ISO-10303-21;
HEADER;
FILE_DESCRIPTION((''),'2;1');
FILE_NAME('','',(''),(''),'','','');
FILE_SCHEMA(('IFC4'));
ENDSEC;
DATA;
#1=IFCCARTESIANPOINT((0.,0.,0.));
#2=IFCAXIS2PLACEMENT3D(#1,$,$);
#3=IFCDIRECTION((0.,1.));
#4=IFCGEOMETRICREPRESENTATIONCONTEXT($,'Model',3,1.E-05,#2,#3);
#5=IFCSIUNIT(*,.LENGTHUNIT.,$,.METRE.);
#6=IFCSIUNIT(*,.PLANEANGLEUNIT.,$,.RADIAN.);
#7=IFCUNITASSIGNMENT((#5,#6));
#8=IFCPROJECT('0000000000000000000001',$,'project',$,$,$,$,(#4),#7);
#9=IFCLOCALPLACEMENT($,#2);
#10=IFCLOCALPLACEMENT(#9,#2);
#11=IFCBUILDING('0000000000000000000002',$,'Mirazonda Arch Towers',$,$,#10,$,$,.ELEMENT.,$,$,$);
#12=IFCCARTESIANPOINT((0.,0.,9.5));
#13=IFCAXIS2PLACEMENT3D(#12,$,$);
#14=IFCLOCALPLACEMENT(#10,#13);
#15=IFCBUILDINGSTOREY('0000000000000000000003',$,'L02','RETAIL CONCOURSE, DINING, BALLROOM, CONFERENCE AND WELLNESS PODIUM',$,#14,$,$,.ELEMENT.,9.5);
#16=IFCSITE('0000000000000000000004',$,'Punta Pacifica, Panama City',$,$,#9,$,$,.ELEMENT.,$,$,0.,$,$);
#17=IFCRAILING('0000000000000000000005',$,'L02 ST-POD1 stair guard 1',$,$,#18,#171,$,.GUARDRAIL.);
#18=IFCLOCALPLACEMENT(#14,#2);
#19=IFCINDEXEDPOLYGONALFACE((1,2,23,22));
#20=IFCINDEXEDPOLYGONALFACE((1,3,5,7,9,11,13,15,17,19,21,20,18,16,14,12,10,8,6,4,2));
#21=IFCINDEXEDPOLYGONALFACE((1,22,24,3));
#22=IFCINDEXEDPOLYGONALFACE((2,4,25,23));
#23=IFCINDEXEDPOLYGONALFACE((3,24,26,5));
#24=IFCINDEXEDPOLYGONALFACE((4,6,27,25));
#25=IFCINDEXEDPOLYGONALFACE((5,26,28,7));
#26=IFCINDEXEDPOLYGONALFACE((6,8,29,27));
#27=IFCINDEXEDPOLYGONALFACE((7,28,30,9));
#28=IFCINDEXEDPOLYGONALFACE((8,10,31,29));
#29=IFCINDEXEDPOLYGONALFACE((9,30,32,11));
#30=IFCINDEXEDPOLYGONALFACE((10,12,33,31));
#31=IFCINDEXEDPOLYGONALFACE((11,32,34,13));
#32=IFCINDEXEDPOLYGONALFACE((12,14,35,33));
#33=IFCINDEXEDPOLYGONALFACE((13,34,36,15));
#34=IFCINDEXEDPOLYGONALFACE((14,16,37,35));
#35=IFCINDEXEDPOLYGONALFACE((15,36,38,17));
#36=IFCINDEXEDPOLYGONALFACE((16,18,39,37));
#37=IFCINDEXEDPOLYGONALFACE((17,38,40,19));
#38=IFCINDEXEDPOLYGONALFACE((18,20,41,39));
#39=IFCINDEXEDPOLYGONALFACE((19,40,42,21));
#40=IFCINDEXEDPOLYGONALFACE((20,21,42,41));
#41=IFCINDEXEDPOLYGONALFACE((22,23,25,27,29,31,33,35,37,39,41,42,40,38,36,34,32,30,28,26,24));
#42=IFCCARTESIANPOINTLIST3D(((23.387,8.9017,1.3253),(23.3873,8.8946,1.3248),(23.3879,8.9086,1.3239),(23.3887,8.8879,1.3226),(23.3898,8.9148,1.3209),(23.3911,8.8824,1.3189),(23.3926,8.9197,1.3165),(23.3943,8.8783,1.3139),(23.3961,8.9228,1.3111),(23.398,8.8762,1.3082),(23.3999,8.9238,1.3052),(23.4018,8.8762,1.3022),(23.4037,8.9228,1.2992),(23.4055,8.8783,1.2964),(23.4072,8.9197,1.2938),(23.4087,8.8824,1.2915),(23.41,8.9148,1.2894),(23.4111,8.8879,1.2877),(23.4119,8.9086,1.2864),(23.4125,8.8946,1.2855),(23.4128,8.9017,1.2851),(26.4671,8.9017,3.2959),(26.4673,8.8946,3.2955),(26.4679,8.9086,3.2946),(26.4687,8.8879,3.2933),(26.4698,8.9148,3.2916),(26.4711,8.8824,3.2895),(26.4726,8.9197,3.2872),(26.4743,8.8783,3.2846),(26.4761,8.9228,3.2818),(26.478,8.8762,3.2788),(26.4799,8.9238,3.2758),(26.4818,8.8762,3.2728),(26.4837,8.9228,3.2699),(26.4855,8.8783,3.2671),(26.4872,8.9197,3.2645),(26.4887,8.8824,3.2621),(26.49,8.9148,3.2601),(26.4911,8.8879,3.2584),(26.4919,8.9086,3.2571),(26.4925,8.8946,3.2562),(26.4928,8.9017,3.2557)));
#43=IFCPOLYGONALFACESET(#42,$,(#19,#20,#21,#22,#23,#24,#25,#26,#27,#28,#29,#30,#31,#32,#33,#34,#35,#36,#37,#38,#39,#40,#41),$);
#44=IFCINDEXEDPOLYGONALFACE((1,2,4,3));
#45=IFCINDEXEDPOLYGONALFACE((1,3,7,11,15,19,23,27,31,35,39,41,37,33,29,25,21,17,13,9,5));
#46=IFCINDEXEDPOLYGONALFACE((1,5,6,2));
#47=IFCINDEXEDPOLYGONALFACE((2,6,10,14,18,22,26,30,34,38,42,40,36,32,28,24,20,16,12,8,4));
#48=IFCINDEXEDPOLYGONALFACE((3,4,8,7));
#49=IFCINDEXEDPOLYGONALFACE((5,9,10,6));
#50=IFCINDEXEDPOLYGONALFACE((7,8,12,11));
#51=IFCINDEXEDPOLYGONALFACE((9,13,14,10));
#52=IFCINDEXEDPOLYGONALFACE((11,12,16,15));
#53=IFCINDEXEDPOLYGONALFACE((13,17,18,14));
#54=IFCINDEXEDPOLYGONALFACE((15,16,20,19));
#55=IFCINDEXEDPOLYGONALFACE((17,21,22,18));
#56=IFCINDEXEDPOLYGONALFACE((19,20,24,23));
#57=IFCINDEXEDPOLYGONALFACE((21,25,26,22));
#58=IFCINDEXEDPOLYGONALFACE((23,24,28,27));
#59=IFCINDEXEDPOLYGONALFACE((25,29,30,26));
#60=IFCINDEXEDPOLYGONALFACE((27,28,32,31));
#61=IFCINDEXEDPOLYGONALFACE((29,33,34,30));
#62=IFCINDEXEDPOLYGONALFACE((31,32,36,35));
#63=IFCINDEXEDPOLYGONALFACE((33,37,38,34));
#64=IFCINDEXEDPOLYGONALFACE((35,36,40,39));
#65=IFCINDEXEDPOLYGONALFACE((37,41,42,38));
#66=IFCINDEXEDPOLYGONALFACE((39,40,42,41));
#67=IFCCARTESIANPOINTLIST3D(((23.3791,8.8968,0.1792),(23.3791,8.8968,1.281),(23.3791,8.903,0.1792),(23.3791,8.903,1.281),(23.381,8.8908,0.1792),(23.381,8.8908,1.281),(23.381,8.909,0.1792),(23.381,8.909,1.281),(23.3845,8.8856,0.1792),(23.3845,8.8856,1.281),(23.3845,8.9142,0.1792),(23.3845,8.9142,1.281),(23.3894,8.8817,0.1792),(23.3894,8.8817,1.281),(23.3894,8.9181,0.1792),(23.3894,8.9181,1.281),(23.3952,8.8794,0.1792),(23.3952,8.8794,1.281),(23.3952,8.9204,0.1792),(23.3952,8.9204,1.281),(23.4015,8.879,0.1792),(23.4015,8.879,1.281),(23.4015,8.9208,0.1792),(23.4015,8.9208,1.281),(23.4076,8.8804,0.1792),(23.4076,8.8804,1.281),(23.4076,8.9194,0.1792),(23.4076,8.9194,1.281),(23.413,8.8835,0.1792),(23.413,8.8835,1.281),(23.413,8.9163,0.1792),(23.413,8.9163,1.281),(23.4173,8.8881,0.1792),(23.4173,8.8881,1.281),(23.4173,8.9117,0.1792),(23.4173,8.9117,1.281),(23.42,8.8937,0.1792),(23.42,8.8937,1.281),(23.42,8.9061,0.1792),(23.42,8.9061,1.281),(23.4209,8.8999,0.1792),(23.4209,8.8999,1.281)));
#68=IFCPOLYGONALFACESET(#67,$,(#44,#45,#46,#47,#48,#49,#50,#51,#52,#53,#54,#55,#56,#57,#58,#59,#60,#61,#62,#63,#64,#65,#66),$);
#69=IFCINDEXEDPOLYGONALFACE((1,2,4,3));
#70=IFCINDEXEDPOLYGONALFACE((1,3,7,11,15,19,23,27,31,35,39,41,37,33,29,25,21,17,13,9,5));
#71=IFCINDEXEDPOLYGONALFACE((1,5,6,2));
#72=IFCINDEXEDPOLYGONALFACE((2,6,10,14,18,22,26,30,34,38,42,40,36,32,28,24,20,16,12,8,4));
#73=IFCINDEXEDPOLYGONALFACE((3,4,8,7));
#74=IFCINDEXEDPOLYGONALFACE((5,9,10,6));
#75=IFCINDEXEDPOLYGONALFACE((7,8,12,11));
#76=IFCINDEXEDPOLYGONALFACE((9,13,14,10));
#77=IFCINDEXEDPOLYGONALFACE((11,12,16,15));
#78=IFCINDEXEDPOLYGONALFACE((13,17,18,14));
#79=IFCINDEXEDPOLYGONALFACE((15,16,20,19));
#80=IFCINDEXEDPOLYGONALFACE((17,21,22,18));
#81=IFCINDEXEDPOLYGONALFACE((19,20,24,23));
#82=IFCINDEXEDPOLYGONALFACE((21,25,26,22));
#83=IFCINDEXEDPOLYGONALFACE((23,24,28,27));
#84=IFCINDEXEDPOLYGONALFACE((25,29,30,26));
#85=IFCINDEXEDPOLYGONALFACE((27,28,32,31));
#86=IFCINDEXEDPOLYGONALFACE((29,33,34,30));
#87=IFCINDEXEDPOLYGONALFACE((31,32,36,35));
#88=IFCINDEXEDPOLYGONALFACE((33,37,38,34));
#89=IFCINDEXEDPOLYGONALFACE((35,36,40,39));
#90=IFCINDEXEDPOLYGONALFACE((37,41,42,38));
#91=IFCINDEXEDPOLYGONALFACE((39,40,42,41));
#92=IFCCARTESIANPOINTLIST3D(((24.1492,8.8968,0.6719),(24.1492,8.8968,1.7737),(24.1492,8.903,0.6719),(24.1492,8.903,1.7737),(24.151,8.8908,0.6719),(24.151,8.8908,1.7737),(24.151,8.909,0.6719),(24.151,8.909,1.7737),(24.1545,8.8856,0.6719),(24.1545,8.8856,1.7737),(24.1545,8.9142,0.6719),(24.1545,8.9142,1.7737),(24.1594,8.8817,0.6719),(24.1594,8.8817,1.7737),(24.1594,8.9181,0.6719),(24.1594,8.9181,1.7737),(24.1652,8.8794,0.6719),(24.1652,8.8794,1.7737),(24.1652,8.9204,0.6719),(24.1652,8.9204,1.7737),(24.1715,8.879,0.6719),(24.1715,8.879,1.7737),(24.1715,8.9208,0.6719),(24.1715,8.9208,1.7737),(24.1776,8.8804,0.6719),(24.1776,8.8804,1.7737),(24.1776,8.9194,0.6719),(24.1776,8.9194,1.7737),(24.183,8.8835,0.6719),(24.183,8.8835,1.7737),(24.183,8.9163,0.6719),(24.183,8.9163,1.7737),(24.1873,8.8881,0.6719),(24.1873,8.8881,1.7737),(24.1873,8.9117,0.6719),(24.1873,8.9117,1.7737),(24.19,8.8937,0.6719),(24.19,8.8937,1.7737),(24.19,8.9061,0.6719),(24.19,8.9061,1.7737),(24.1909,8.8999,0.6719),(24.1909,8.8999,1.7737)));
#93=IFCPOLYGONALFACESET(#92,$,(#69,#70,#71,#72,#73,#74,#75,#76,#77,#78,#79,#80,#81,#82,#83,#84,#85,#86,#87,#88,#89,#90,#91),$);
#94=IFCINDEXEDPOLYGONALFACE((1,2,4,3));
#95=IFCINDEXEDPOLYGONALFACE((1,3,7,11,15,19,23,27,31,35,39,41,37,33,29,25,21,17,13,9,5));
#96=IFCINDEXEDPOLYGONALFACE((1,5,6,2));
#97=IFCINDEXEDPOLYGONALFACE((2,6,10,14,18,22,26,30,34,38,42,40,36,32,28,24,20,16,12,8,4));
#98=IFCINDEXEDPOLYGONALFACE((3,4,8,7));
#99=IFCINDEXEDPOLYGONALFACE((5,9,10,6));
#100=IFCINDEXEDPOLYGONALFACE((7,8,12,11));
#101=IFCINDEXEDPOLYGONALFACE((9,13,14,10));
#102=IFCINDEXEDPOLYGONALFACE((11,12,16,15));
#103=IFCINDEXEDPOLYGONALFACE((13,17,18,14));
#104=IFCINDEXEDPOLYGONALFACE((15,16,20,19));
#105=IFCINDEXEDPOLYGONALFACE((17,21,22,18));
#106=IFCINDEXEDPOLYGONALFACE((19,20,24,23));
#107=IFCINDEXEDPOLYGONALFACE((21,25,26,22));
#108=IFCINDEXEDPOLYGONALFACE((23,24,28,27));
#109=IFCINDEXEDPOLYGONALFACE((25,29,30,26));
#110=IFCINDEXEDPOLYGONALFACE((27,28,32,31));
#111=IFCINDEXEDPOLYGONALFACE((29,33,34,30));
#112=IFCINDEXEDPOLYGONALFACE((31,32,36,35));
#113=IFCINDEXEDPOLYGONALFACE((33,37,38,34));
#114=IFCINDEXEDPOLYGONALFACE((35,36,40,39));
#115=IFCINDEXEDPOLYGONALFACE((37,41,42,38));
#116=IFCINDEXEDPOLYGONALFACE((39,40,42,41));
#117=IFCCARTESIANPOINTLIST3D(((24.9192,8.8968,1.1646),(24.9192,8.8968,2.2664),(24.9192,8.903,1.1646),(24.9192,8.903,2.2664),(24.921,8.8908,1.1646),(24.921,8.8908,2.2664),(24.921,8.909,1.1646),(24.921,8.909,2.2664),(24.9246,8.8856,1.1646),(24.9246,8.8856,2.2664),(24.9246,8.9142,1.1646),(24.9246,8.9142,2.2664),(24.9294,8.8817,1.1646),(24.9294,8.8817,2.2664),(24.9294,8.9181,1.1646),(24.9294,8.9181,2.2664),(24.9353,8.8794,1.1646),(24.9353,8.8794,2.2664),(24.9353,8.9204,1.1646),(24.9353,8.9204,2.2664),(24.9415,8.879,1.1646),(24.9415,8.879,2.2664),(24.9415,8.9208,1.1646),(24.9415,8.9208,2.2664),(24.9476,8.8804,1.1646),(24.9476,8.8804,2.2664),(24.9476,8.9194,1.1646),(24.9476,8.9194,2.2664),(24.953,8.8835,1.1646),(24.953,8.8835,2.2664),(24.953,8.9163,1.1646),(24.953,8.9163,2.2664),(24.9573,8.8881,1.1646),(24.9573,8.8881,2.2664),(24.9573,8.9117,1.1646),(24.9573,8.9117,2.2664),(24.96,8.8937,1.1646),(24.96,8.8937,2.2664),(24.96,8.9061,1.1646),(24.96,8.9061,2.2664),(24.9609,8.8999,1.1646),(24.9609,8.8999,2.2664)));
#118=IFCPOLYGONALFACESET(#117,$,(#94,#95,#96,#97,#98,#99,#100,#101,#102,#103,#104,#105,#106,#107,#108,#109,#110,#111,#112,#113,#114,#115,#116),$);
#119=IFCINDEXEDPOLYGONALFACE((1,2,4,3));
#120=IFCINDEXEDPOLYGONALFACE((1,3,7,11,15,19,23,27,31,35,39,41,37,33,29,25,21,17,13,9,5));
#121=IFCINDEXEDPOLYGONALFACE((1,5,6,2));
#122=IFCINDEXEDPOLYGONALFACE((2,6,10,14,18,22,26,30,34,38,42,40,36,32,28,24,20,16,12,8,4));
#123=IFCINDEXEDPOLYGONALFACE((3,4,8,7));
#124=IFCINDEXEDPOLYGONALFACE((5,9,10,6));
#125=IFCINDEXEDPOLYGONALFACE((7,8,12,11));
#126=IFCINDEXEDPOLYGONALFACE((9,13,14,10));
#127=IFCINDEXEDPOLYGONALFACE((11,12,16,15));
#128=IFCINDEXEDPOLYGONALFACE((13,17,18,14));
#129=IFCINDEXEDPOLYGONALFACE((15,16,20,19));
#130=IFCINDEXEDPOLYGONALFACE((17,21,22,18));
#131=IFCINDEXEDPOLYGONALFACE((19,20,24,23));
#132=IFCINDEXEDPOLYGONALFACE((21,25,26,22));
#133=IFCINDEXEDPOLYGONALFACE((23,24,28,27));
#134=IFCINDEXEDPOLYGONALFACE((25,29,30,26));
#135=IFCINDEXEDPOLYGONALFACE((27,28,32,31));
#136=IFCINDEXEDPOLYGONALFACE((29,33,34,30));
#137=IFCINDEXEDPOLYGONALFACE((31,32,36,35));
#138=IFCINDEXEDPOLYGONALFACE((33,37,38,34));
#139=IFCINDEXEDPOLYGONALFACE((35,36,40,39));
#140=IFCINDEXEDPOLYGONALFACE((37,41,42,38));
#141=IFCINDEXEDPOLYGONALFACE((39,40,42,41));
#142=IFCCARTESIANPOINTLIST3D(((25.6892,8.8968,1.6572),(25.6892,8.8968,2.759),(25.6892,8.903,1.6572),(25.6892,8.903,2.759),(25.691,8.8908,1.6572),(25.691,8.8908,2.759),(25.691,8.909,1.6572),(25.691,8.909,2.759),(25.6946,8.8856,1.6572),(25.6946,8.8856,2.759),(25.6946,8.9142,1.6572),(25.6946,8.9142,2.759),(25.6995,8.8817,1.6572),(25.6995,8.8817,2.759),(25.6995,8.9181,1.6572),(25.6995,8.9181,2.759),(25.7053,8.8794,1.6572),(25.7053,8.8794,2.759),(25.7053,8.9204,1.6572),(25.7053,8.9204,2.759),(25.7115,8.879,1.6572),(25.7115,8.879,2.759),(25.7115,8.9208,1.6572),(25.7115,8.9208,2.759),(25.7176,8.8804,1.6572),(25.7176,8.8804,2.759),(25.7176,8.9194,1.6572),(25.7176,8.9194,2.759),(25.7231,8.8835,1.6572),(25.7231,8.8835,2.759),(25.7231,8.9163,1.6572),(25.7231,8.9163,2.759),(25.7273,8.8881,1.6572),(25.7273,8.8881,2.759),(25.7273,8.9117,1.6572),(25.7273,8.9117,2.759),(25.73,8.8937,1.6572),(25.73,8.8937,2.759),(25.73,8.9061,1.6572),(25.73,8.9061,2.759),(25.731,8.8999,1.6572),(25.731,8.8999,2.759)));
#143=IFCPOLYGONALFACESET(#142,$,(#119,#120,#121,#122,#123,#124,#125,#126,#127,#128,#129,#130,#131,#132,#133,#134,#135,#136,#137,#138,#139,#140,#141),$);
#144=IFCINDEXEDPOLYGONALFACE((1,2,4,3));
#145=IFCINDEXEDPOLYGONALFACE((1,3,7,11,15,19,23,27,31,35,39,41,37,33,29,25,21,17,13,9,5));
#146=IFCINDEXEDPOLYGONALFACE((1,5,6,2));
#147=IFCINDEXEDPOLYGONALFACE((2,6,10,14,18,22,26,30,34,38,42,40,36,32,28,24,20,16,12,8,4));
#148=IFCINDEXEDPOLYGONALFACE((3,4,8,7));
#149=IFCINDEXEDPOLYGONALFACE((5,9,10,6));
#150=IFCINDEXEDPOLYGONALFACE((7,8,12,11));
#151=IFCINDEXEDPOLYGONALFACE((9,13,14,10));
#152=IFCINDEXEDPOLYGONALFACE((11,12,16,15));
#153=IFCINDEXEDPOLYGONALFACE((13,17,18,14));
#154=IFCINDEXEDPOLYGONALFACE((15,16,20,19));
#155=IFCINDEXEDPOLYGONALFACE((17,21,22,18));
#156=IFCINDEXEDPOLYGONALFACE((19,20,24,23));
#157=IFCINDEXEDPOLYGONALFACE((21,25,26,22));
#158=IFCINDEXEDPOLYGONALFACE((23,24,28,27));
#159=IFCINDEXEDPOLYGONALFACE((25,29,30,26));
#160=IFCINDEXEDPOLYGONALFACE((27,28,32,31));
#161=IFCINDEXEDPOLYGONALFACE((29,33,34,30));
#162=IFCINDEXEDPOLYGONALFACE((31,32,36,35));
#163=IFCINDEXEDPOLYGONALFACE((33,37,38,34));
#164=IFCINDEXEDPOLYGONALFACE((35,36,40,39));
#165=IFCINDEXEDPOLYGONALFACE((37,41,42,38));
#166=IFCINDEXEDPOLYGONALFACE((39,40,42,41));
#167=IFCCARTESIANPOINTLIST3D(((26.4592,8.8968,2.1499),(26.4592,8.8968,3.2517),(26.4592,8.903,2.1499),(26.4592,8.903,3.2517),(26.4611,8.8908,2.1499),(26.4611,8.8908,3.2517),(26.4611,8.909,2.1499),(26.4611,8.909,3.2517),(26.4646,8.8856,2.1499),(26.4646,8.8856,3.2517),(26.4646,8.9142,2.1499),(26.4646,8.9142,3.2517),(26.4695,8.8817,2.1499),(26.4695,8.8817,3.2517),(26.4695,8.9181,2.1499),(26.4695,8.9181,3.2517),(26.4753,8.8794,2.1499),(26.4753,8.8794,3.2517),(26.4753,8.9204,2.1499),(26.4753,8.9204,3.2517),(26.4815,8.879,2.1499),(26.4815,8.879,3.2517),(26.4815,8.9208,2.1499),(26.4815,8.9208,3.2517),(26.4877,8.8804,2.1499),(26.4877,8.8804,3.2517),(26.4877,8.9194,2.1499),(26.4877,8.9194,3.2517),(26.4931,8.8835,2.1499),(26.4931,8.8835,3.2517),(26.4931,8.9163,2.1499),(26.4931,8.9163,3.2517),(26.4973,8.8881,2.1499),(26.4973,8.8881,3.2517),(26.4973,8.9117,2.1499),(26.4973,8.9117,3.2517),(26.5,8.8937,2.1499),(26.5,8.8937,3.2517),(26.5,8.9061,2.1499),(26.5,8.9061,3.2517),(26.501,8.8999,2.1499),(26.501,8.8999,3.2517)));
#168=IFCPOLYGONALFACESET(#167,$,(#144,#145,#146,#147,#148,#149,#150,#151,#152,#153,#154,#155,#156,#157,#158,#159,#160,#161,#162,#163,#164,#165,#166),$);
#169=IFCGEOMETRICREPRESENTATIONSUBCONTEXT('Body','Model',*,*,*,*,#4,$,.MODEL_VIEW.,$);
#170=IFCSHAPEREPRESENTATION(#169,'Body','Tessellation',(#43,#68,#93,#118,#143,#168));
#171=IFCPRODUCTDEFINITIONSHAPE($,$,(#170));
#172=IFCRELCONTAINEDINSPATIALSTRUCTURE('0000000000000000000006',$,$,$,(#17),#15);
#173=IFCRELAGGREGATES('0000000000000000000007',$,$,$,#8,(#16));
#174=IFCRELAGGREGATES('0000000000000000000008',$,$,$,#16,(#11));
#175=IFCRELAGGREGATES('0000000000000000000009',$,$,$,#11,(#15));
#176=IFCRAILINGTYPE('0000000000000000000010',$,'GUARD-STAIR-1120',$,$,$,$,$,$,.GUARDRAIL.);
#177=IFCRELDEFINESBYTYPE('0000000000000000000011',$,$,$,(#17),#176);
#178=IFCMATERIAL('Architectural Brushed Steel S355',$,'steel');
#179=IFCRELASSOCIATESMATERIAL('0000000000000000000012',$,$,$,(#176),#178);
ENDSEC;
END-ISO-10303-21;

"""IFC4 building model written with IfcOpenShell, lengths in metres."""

from ifc_helpers import new_model, si_unit, direction, frame, origin, origin_2d, place, context, subcontext, project, spatial, circle, extrude, material, type_object, element, save


model = new_model("IFC4")

# Units and contexts
model_context = context("Model", 3, precision=1e-05, world=origin(), true_north=direction((0.0, 1.0)))
body_context = subcontext(model_context, "Body", "Model", "MODEL_VIEW")
ifc_project = project(units=[si_unit("LENGTHUNIT", "METRE"), si_unit("PLANEANGLEUNIT", "RADIAN")], contexts=[model_context])

# Site, building, storey
site_placement = place(None, origin())
site = spatial("IfcSite", under=ifc_project, at=site_placement, Name="Punta Pacifica, Panama City", CompositionType="ELEMENT", RefElevation=0.0)
building_placement = place(site_placement, origin())
building = spatial("IfcBuilding", under=site, at=building_placement, Name="Mirazonda Arch Towers", CompositionType="ELEMENT")
storey_placement = place(building_placement, frame((0.0, 0.0, 9.5)))
storey = spatial("IfcBuildingStorey", under=building, at=storey_placement, Name="L02", Description="RETAIL CONCOURSE, DINING, BALLROOM, CONFERENCE AND WELLNESS PODIUM", CompositionType="ELEMENT", Elevation=9.5)

# Railing
ifc_material_1 = material(Name="Architectural Brushed Steel S355", Category="steel")
railing_type_1 = type_object("IfcRailingType", Name="GUARD-STAIR-1120", PredefinedType="GUARDRAIL", material=ifc_material_1)
railing_1_placement = place(storey_placement, frame((23.3999, 8.8999, 0.1792)))
element("IfcRailing", 1, at=railing_1_placement, inside=storey, type_object=railing_type_1, Name="L02 ST-POD1 stair guard 1", PredefinedType="GUARDRAIL", context=body_context, shape_type="SweptSolid", body=[
    extrude(circle(Radius=0.0239, at=origin_2d()), frame((0.0, 0.0, 1.126), z_axis=(0.842339, 0.0, 0.538948), x_axis=(0.0, 1.0, 0.0)), (0.0, 0.0, 1.0), 3.6565),
    extrude(circle(Radius=0.021, at=origin_2d()), origin(), (0.0, 0.0, 1.0), 1.1018),
    extrude(circle(Radius=0.021, at=origin_2d()), frame((0.77, 0.0, 0.4927)), (0.0, 0.0, 1.0), 1.1018),
    extrude(circle(Radius=0.021, at=origin_2d()), frame((1.54, 0.0, 0.9854)), (0.0, 0.0, 1.0), 1.1018),
    extrude(circle(Radius=0.021, at=origin_2d()), frame((2.3101, 0.0, 1.478)), (0.0, 0.0, 1.0), 1.1018),
    extrude(circle(Radius=0.021, at=origin_2d()), frame((3.0801, 0.0, 1.9707)), (0.0, 0.0, 1.0), 1.1018),
])

save(model, "model.ifc")
